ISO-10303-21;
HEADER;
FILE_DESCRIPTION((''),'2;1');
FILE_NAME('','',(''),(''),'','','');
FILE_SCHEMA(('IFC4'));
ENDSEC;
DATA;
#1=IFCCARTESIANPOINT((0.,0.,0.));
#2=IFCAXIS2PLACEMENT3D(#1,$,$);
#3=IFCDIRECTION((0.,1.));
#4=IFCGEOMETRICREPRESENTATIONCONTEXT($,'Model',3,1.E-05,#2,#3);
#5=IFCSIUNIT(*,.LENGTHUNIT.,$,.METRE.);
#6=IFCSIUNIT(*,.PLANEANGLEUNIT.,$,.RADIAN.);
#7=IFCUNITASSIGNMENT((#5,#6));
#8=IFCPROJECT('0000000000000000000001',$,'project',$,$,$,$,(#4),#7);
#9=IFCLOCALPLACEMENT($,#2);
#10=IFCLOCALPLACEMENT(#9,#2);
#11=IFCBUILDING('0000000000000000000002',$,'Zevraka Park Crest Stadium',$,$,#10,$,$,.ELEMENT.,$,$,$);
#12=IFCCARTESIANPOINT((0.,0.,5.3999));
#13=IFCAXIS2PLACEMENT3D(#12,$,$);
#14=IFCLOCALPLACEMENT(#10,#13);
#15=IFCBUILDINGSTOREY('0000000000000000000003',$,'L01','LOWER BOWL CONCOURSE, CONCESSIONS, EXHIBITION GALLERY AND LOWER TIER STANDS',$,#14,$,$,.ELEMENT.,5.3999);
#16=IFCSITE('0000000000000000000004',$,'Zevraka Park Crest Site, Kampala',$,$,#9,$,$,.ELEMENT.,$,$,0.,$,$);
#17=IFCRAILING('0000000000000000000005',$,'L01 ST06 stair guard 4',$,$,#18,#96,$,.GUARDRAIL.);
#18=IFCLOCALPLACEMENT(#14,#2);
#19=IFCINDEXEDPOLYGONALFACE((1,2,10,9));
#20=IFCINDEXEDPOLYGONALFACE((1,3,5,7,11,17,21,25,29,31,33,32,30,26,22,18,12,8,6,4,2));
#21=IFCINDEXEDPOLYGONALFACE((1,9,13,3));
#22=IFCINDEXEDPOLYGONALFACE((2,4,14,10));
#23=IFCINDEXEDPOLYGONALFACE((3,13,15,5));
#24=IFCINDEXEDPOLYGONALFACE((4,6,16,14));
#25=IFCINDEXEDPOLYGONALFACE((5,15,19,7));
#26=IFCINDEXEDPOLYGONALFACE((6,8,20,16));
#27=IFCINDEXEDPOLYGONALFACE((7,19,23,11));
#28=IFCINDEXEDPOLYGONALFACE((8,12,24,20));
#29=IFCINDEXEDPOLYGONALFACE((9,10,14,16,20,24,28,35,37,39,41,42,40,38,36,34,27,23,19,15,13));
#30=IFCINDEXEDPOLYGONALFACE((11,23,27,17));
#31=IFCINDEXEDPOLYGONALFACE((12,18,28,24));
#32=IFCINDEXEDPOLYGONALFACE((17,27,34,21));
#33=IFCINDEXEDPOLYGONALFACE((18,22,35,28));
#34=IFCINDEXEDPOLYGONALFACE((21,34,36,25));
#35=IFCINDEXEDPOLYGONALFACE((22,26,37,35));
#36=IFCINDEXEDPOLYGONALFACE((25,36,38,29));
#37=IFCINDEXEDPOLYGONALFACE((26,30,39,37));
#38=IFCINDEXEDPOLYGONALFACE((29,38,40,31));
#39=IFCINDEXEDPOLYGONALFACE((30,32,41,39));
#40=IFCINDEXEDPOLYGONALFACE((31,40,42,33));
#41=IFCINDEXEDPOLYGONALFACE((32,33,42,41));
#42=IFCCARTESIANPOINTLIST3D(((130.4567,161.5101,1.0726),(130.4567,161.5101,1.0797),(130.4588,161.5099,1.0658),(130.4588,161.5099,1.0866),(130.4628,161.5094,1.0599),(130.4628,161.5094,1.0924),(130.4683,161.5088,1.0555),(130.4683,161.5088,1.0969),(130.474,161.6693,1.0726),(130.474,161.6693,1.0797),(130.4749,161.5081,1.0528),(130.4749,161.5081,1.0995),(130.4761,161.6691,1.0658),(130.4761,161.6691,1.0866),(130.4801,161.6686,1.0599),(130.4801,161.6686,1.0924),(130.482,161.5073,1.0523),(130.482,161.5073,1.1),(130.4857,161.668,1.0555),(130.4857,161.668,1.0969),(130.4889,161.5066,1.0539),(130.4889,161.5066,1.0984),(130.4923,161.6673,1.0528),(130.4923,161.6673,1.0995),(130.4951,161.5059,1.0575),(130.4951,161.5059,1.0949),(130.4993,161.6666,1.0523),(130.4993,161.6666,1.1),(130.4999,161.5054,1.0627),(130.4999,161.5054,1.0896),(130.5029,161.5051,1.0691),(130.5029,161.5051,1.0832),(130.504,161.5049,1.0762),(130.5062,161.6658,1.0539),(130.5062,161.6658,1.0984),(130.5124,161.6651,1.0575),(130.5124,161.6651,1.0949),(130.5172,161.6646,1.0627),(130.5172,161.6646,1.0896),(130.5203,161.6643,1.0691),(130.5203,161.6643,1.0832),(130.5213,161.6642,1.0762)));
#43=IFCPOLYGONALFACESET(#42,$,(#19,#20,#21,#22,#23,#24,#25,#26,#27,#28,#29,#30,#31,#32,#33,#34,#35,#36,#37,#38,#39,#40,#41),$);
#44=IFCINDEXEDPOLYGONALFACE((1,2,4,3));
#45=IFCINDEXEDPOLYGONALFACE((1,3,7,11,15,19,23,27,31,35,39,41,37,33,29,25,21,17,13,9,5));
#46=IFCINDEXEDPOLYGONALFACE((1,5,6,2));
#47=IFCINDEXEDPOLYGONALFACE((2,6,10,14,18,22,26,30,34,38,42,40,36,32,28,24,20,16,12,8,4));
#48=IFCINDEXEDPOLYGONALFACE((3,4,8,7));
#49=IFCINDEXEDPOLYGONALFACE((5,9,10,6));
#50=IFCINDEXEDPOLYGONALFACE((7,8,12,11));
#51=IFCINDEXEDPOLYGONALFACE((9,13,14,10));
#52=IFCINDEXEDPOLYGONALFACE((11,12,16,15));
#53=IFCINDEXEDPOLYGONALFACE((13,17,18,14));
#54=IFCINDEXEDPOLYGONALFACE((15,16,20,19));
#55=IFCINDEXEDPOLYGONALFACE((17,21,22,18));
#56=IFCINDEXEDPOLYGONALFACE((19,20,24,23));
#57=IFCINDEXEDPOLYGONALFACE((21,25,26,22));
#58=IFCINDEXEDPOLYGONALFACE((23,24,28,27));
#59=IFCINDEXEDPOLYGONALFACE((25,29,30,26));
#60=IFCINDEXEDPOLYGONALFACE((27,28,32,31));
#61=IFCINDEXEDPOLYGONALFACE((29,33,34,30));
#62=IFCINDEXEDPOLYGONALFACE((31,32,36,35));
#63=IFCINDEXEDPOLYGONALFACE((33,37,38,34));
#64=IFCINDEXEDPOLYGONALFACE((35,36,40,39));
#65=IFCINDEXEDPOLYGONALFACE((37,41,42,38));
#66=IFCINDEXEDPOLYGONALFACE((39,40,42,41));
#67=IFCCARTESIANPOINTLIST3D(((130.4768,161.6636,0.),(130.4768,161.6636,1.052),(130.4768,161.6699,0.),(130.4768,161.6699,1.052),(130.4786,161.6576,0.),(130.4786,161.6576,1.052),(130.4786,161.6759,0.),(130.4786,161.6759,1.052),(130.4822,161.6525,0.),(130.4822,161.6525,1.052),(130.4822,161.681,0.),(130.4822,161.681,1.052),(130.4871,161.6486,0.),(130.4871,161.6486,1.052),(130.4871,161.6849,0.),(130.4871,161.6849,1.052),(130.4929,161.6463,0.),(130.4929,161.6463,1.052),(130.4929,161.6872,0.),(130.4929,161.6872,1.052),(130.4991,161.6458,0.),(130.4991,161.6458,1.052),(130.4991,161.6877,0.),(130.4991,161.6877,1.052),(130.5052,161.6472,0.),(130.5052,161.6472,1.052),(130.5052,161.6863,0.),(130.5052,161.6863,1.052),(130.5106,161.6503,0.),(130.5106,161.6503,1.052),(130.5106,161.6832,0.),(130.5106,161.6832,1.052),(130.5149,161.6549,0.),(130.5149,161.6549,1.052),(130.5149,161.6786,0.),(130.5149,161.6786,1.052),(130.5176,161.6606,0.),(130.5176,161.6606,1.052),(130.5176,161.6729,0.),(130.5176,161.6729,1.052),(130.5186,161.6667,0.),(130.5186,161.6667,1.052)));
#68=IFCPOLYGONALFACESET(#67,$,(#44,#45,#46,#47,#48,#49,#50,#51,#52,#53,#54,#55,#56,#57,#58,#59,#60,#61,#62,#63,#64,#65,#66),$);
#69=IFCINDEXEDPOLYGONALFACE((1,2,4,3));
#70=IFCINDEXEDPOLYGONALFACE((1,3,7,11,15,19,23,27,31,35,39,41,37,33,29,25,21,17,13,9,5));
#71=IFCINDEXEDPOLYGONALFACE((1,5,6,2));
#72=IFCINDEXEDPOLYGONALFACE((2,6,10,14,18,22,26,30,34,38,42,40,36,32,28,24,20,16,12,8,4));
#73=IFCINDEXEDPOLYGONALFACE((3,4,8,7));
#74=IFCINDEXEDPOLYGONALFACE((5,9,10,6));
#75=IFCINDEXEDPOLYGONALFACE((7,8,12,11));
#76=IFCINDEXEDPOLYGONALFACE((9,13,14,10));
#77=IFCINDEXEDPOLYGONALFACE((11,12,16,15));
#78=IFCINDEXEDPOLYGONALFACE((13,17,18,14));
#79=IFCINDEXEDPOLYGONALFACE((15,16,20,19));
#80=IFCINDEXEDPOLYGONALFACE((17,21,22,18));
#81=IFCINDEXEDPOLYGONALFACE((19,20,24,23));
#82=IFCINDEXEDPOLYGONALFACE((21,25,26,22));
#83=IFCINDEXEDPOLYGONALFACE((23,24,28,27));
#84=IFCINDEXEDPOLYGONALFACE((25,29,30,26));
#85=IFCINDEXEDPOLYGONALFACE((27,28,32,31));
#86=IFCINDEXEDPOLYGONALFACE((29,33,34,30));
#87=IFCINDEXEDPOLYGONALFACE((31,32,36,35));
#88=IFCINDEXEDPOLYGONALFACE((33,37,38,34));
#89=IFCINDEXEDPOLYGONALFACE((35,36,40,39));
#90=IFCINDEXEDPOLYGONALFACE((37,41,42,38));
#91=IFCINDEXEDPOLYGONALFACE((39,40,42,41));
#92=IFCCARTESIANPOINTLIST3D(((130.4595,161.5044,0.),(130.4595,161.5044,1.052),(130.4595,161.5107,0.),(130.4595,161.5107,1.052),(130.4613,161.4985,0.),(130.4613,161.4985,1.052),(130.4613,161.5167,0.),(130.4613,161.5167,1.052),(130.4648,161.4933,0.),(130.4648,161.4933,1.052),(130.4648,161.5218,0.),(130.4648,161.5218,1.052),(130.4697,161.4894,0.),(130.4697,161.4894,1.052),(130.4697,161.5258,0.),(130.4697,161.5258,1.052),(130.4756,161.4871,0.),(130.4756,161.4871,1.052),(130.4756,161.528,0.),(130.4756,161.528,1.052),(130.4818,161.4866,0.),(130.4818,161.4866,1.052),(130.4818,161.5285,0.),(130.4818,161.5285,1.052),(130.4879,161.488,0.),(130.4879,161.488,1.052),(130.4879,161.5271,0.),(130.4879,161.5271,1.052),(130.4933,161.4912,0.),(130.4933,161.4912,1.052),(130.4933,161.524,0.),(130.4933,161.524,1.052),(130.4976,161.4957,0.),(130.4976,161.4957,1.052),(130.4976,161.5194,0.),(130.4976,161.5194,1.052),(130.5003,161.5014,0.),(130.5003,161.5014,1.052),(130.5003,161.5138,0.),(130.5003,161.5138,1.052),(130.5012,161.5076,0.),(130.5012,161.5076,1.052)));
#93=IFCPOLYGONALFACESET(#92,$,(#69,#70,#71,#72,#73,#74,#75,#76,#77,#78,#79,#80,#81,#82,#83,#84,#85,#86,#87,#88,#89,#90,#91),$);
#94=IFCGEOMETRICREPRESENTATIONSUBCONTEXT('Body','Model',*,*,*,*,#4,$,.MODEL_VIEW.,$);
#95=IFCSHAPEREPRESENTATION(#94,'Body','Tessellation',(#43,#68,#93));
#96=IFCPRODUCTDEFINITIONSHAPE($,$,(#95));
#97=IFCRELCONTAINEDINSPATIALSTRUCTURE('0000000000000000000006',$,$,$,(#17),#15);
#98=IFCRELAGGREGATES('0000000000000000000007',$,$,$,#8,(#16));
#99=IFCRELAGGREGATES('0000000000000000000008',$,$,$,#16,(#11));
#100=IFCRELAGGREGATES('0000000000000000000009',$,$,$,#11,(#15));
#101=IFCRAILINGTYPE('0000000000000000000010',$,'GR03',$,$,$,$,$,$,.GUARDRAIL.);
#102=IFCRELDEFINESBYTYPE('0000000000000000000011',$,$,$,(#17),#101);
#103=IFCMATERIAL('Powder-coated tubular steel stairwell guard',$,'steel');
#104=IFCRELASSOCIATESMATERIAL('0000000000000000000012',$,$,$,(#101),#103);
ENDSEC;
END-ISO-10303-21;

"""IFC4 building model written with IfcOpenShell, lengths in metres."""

from ifc_helpers import new_model, si_unit, direction, frame, origin, origin_2d, place, context, subcontext, project, spatial, circle, extrude, material, type_object, element, save


model = new_model("IFC4")

# Units and contexts
model_context = context("Model", 3, precision=1e-05, world=origin(), true_north=direction((0.0, 1.0)))
body_context = subcontext(model_context, "Body", "Model", "MODEL_VIEW")
ifc_project = project(units=[si_unit("LENGTHUNIT", "METRE"), si_unit("PLANEANGLEUNIT", "RADIAN")], contexts=[model_context])

# Site, building, storey
site_placement = place(None, origin())
site = spatial("IfcSite", under=ifc_project, at=site_placement, Name="Zevraka Park Crest Site, Kampala", CompositionType="ELEMENT", RefElevation=0.0)
building_placement = place(site_placement, origin())
building = spatial("IfcBuilding", under=site, at=building_placement, Name="Zevraka Park Crest Stadium", CompositionType="ELEMENT")
storey_placement = place(building_placement, frame((0.0, 0.0, 5.3999)))
storey = spatial("IfcBuildingStorey", under=building, at=storey_placement, Name="L01", Description="LOWER BOWL CONCOURSE, CONCESSIONS, EXHIBITION GALLERY AND LOWER TIER STANDS", CompositionType="ELEMENT", Elevation=5.3999)

# Railing
ifc_material_1 = material(Name="Powder-coated tubular steel stairwell guard", Category="steel")
railing_type_1 = type_object("IfcRailingType", Name="GR03", PredefinedType="GUARDRAIL", material=ifc_material_1)
railing_1_placement = place(storey_placement, frame((130.4976, 161.6667, 0.0)))
element("IfcRailing", 1, at=railing_1_placement, inside=storey, type_object=railing_type_1, Name="L01 ST06 stair guard 4", PredefinedType="GUARDRAIL", context=body_context, shape_type="SweptSolid", body=[
    extrude(circle(Radius=0.0239, at=origin_2d()), frame((0.0, 0.0, 1.0762), z_axis=(-0.108256, -0.994123, 0.0), x_axis=(0.994123, -0.108256, 0.0)), (0.0, 0.0, 1.0), 0.1602),
    extrude(circle(Radius=0.021, at=origin_2d()), origin(), (0.0, 0.0, 1.0), 1.052),
    extrude(circle(Radius=0.021, at=origin_2d()), frame((-0.0173, -0.1592, 0.0)), (0.0, 0.0, 1.0), 1.052),
])

save(model, "model.ifc")
